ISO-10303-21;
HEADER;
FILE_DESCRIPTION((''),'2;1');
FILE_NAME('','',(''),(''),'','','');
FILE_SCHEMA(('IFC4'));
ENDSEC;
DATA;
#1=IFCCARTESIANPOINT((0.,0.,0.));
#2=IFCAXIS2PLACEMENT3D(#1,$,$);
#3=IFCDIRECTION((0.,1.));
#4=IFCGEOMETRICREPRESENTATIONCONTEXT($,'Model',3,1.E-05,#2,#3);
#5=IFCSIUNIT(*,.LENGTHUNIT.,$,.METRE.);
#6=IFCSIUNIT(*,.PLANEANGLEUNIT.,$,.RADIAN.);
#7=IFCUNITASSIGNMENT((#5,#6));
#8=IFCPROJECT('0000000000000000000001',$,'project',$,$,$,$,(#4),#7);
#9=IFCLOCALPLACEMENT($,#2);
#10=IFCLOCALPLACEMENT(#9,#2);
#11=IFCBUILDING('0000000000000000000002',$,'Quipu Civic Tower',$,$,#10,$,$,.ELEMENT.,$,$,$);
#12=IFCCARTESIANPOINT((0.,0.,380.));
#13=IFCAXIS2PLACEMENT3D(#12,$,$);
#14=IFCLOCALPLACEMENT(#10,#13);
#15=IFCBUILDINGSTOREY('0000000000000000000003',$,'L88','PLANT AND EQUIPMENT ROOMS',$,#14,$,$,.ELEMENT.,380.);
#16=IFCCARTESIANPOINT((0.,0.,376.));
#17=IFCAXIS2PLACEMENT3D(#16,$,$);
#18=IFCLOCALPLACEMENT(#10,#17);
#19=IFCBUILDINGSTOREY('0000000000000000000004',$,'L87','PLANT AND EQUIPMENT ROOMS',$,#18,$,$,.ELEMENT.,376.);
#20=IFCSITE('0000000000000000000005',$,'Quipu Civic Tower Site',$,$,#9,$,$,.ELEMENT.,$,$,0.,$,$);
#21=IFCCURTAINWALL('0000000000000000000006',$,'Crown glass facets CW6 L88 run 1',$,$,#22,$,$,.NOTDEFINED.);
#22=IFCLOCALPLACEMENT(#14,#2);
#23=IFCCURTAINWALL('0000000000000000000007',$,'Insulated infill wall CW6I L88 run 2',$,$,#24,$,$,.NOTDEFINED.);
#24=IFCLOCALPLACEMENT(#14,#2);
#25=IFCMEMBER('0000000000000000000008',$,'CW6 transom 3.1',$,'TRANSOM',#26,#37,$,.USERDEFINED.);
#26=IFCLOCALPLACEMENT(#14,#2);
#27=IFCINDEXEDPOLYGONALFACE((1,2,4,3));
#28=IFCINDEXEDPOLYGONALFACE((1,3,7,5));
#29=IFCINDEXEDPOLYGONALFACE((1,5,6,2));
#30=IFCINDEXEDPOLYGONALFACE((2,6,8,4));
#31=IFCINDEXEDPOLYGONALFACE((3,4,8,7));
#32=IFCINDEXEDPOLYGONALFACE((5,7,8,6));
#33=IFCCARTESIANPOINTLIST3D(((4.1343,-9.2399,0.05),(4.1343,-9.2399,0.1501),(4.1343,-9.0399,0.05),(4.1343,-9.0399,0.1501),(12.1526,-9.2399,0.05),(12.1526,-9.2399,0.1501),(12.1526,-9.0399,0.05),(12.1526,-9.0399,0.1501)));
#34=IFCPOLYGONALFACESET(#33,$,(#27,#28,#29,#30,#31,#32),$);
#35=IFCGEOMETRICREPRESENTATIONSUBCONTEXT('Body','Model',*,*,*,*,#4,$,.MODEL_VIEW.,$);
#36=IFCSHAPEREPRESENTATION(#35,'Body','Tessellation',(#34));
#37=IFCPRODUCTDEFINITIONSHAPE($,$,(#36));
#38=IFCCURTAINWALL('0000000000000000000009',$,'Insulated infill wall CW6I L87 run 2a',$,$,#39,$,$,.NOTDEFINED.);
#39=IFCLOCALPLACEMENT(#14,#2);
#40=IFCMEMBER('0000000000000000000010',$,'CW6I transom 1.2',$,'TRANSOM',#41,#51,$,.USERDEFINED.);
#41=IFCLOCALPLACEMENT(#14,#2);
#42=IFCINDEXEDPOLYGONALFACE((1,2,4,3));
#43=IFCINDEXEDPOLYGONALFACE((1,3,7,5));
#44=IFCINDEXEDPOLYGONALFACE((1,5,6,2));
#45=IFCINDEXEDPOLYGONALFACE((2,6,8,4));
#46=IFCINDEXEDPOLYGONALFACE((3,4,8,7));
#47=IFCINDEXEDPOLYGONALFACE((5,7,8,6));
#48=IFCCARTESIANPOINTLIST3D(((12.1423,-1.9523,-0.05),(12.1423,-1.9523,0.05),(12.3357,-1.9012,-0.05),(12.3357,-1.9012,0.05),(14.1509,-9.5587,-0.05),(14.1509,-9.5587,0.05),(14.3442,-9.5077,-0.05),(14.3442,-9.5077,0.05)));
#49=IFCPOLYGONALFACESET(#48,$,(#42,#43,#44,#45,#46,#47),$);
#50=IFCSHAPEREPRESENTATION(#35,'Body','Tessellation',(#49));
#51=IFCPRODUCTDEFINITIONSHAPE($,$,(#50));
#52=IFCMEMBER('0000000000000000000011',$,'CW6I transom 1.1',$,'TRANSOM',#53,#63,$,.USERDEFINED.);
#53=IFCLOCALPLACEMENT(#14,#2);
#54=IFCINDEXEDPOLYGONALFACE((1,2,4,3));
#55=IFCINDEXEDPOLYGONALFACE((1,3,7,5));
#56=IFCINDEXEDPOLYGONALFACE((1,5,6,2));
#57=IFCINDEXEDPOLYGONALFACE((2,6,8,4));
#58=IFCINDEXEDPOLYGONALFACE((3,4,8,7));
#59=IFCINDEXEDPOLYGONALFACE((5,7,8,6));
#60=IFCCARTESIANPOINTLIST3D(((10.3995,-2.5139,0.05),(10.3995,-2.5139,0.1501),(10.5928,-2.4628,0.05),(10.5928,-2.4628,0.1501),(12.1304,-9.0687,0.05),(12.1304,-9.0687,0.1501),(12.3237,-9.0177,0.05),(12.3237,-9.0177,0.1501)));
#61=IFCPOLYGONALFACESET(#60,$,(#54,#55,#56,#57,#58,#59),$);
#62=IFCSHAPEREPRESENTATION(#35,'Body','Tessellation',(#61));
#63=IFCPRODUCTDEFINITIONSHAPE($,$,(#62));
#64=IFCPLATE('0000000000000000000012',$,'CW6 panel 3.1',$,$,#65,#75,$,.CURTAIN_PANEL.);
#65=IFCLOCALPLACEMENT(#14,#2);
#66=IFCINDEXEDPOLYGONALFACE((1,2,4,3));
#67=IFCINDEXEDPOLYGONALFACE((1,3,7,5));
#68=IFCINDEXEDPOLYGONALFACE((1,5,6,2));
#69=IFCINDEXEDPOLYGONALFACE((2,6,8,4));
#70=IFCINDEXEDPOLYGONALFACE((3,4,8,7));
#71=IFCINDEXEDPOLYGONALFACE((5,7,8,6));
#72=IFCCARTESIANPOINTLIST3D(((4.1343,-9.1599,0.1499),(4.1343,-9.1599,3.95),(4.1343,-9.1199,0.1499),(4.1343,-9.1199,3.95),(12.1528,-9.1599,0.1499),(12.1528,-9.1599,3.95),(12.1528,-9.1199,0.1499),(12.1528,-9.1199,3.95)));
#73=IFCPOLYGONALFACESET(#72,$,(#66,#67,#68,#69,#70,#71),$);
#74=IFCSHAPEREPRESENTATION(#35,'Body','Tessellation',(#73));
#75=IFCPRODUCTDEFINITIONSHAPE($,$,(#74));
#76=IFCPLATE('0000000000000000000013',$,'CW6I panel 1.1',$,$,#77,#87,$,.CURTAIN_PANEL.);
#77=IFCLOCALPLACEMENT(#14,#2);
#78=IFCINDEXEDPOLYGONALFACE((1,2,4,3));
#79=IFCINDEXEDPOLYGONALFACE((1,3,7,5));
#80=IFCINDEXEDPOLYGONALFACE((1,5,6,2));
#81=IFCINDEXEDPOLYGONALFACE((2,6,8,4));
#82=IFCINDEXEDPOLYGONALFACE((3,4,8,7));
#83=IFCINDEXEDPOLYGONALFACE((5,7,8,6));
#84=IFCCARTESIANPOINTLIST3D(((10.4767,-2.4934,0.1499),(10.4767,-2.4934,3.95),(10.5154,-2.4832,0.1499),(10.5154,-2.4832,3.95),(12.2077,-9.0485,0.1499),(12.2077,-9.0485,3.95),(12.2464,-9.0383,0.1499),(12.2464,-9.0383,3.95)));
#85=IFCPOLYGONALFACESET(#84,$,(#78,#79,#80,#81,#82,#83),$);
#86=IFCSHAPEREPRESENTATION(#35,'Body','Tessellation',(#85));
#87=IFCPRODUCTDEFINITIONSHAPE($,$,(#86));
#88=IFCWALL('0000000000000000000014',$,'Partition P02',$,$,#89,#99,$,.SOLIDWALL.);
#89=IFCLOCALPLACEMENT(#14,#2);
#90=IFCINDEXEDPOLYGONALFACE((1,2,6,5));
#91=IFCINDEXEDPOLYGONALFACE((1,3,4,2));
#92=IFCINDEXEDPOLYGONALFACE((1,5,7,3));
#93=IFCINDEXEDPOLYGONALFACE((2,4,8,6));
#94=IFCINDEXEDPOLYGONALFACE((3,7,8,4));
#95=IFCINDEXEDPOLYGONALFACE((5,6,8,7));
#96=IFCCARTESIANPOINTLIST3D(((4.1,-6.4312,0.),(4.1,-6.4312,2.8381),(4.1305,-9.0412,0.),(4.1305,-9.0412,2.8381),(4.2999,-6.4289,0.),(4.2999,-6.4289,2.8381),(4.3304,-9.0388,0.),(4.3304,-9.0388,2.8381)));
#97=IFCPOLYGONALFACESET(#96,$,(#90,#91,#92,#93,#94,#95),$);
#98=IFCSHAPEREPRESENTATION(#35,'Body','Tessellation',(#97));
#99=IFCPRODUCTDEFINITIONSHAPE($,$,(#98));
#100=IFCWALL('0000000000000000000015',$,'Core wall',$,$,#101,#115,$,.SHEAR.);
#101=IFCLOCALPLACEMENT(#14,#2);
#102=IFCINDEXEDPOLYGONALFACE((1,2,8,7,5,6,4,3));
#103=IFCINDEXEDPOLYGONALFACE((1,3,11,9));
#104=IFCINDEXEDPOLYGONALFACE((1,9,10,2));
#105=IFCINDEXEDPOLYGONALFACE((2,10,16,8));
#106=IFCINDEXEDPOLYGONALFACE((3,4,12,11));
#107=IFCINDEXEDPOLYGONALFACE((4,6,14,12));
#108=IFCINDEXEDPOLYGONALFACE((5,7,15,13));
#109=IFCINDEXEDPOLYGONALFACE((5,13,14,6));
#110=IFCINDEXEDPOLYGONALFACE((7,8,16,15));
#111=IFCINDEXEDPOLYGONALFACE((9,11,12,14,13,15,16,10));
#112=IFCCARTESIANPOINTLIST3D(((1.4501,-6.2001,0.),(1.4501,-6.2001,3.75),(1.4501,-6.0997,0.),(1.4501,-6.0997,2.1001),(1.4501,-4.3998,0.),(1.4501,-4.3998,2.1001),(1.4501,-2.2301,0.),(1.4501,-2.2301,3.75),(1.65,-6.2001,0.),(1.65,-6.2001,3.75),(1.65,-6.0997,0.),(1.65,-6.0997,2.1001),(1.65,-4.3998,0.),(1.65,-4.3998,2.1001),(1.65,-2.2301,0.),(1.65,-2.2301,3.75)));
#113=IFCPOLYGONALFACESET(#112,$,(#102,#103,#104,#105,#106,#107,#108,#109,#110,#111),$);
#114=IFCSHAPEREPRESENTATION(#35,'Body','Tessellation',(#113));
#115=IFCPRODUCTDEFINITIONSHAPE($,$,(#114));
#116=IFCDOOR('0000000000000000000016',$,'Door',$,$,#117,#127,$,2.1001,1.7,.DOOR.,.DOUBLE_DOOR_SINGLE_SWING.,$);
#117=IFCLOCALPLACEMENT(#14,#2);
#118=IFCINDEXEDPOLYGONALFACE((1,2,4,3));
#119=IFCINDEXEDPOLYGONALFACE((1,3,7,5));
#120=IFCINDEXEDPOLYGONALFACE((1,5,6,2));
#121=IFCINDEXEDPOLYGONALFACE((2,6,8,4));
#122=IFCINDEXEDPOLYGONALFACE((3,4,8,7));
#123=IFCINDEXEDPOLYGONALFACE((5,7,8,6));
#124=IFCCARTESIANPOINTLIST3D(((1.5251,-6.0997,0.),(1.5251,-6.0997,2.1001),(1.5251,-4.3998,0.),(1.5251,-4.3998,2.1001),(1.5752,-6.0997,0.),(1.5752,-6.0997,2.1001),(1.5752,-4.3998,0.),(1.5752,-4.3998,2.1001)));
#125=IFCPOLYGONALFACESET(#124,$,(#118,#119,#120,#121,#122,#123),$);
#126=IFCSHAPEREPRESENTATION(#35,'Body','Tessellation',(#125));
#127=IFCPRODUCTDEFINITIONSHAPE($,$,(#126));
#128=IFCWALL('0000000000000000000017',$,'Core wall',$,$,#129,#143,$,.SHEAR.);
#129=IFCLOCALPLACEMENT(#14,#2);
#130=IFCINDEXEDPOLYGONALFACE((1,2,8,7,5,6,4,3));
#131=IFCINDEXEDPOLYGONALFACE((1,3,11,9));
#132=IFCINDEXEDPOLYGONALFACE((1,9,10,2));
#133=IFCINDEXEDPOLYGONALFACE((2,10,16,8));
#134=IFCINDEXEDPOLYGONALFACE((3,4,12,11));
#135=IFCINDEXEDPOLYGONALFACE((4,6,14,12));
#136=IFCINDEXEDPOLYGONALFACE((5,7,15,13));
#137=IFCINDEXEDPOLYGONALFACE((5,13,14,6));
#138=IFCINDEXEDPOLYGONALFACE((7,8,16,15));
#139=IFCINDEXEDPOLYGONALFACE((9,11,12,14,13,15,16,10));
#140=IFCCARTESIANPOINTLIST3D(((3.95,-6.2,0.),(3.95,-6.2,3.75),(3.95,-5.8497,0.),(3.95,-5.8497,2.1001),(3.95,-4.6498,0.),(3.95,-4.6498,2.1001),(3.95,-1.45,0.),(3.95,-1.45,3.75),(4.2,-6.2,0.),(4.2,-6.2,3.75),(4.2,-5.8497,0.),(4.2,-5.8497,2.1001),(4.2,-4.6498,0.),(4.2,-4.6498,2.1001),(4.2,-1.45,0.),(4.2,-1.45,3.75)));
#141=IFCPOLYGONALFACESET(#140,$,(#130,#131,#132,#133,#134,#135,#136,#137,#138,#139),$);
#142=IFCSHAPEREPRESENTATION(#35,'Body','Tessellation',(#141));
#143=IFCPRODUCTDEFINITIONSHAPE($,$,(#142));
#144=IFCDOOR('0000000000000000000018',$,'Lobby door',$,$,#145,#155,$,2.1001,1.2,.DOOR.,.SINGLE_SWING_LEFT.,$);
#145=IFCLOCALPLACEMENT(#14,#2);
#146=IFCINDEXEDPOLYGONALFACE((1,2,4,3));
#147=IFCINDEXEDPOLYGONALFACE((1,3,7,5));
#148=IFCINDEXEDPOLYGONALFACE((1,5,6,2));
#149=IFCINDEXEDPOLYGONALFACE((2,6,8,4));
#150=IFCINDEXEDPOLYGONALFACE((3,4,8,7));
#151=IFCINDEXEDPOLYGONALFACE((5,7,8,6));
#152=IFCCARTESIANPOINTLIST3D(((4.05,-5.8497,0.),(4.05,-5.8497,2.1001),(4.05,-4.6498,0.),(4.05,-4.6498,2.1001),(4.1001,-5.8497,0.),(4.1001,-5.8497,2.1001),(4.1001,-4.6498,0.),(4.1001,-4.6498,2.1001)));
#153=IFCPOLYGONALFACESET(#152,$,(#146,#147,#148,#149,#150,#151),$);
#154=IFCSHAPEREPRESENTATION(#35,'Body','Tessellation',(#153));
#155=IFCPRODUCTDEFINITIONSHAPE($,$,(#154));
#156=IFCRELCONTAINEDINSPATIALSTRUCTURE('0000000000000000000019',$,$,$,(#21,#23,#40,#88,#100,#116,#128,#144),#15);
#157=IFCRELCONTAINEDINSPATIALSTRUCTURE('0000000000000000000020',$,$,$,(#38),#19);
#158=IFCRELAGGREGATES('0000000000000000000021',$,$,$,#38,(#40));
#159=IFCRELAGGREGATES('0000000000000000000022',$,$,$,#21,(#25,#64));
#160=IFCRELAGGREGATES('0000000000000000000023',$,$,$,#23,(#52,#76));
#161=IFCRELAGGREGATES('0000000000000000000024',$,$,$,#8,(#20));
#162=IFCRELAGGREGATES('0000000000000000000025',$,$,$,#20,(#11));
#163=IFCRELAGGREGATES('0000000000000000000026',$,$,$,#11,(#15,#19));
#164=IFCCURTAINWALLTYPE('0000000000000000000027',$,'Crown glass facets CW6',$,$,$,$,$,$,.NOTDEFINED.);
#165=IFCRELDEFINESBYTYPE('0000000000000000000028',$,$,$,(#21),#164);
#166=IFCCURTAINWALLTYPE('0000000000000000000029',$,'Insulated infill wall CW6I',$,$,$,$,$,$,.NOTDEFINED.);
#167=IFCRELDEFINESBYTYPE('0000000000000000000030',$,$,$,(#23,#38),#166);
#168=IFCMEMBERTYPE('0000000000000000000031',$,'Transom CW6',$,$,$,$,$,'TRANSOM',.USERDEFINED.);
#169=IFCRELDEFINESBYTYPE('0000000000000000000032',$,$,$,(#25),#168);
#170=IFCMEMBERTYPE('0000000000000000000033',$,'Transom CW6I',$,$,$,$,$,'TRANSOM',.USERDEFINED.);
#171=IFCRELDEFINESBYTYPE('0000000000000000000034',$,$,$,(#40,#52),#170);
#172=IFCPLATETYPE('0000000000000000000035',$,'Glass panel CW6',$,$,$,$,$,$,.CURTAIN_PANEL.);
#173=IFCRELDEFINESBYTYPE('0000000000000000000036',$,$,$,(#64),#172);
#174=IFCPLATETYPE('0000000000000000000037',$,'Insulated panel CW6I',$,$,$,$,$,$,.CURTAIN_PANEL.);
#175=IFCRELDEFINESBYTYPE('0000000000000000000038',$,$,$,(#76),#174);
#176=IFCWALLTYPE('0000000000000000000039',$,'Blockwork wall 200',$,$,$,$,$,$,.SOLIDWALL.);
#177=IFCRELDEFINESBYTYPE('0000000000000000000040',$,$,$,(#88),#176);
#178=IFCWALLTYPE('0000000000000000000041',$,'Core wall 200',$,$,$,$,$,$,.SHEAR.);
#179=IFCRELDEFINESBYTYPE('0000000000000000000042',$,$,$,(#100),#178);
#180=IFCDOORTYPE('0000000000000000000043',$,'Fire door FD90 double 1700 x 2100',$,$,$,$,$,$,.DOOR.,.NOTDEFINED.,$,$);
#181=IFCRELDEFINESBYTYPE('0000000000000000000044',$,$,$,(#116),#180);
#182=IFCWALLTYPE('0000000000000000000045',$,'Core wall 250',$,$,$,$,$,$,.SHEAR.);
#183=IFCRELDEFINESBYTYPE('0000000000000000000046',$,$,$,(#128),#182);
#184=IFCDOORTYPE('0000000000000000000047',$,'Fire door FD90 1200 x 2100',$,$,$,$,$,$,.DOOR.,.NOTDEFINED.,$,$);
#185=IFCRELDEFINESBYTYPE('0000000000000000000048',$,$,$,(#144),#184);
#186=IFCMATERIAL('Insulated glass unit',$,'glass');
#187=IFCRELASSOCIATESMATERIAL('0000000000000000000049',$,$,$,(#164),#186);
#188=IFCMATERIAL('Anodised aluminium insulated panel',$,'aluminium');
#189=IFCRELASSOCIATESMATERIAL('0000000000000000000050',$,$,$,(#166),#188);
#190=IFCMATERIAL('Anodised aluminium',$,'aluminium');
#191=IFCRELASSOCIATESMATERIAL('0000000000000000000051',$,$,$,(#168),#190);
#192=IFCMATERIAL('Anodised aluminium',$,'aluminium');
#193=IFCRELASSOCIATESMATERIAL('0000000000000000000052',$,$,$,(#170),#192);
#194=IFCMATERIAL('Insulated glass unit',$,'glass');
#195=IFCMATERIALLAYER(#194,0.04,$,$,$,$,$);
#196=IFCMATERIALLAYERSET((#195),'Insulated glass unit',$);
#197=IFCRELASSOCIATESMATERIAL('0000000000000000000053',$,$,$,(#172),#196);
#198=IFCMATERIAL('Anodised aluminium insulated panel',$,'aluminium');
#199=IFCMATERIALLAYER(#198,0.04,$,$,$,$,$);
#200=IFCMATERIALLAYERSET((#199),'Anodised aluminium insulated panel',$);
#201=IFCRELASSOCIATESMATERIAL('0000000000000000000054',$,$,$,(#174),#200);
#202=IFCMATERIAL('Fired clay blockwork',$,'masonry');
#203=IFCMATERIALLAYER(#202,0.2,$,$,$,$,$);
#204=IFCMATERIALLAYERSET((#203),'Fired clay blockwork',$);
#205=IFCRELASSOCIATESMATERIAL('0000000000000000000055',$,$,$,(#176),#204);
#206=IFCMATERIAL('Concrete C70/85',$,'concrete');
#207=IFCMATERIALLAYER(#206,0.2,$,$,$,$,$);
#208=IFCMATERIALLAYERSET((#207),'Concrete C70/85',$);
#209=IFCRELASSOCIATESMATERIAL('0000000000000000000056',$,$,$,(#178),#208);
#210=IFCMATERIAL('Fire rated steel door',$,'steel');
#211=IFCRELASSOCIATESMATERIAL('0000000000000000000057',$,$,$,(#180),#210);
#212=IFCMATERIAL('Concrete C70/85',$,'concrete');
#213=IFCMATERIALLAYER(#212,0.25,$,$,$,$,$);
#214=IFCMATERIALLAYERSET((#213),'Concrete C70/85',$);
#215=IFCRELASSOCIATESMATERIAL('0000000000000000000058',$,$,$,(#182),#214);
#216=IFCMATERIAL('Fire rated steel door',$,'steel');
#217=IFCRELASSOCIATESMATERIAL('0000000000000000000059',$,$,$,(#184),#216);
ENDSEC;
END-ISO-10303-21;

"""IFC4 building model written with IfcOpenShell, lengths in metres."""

from ifc_helpers import new_model, si_unit, direction, frame, frame_2d, origin, origin_2d, place, context, subcontext, project, spatial, rectangle, extrude, material, layer, layer_set, material_profile, profile_set, type_object, element, fill, aggregate, save


model = new_model("IFC4")

# Units and contexts
model_context = context("Model", 3, precision=1e-05, world=origin(), true_north=direction((0.0, 1.0)))
body_context = subcontext(model_context, "Body", "Model", "MODEL_VIEW")
ifc_project = project(units=[si_unit("LENGTHUNIT", "METRE"), si_unit("PLANEANGLEUNIT", "RADIAN")], contexts=[model_context])

# Site, building, storey
site_placement = place(None, origin())
site = spatial("IfcSite", under=ifc_project, at=site_placement, Name="Quipu Civic Tower Site", CompositionType="ELEMENT", RefElevation=0.0)
building_placement = place(site_placement, origin())
building = spatial("IfcBuilding", under=site, at=building_placement, Name="Quipu Civic Tower", CompositionType="ELEMENT")
storey_1_placement = place(building_placement, frame((0.0, 0.0, 380.0)))
storey_1 = spatial("IfcBuildingStorey", under=building, at=storey_1_placement, Name="L88", Description="PLANT AND EQUIPMENT ROOMS", CompositionType="ELEMENT", Elevation=380.0)

# Curtain walls
ifc_material_1 = material(Name="Insulated glass unit", Category="glass")
curtain_wall_type_1 = type_object("IfcCurtainWallType", Name="Crown glass facets CW6", PredefinedType="NOTDEFINED", material=ifc_material_1)
curtain_wall_1_placement = place(storey_1_placement, origin())
curtain_wall_1 = element("IfcCurtainWall", 1, at=curtain_wall_1_placement, inside=storey_1, type_object=curtain_wall_type_1, Name="Crown glass facets CW6 L88 run 1", PredefinedType="NOTDEFINED")
ifc_material_2 = material(Name="Anodised aluminium insulated panel", Category="aluminium")
curtain_wall_type_2 = type_object("IfcCurtainWallType", Name="Insulated infill wall CW6I", PredefinedType="NOTDEFINED", material=ifc_material_2)
curtain_wall_2_placement = place(storey_1_placement, origin())
curtain_wall_2 = element("IfcCurtainWall", 2, at=curtain_wall_2_placement, inside=storey_1, type_object=curtain_wall_type_2, Name="Insulated infill wall CW6I L88 run 2", PredefinedType="NOTDEFINED")

# Shared definitions
storey_2_placement = place(building_placement, frame((0.0, 0.0, 376.0)))
storey_2 = spatial("IfcBuildingStorey", under=building, at=storey_2_placement, Name="L87", Description="PLANT AND EQUIPMENT ROOMS", CompositionType="ELEMENT", Elevation=376.0)

# Shared definitions
ifc_material_3 = material(Name="Anodised aluminium", Category="aluminium")
ifc_material_profile_1 = material_profile(ifc_material_3, rectangle(XDim=0.2, YDim=0.1001, at=origin_2d()), Name="RECT 200x100")
ifc_profile_set_1 = profile_set([ifc_material_profile_1], Name="Anodised aluminium")
member_type_1 = type_object("IfcMemberType", Name="Transom CW6", ElementType="TRANSOM", PredefinedType="USERDEFINED", material=ifc_profile_set_1)

# Member
member_1_placement = place(storey_1_placement, frame((4.1343, -9.1399, 0.1001), z_axis=(1.0, 0.0, 0.0), x_axis=(0.0, 1.0, 0.0)))
member_1 = element("IfcMember", 3, at=member_1_placement, type_object=member_type_1, Name="CW6 transom 3.1", ObjectType="TRANSOM", PredefinedType="USERDEFINED", context=body_context, shape_type="SweptSolid", body=[
    extrude(rectangle(XDim=0.2, YDim=0.1001, at=origin_2d()), origin(), (0.0, 0.0, 1.0), 8.0183),
])

# Curtain wall, member
curtain_wall_3_placement = place(storey_2_placement, origin())
curtain_wall_3 = element("IfcCurtainWall", 4, at=curtain_wall_3_placement, inside=storey_2, type_object=curtain_wall_type_2, Name="Insulated infill wall CW6I L87 run 2a", PredefinedType="NOTDEFINED")
ifc_material_4 = material(Name="Anodised aluminium", Category="aluminium")
ifc_material_profile_2 = material_profile(ifc_material_4, rectangle(XDim=0.2, YDim=0.1001, at=origin_2d()), Name="RECT 200x100")
ifc_profile_set_2 = profile_set([ifc_material_profile_2], Name="Anodised aluminium")
member_type_2 = type_object("IfcMemberType", Name="Transom CW6I", ElementType="TRANSOM", PredefinedType="USERDEFINED", material=ifc_profile_set_2)
member_2_placement = place(storey_1_placement, frame((14.2476, -9.5332, 0.0), z_axis=(-0.255307, 0.96686, 0.0), x_axis=(-0.96686, -0.255307, 0.0)))
member_2 = element("IfcMember", 5, at=member_2_placement, inside=storey_1, type_object=member_type_2, Name="CW6I transom 1.2", ObjectType="TRANSOM", PredefinedType="USERDEFINED", context=body_context, shape_type="SweptSolid", body=[
    extrude(rectangle(XDim=0.2, YDim=0.1001, at=origin_2d()), origin(), (0.0, 0.0, 1.0), 7.8672),
])
aggregate(curtain_wall_3, [member_2])

# Member
member_3_placement = place(storey_1_placement, frame((12.2271, -9.0432, 0.1001), z_axis=(-0.255317, 0.966857, 0.0), x_axis=(-0.966857, -0.255317, 0.0)))
member_3 = element("IfcMember", 6, at=member_3_placement, type_object=member_type_2, Name="CW6I transom 1.1", ObjectType="TRANSOM", PredefinedType="USERDEFINED", context=body_context, shape_type="SweptSolid", body=[
    extrude(rectangle(XDim=0.2, YDim=0.1001, at=origin_2d()), origin(), (0.0, 0.0, 1.0), 6.7795),
])

# Plates
ifc_material_5 = material(Name="Insulated glass unit", Category="glass")
ifc_layer_1 = layer(ifc_material_5, 0.04)
ifc_layer_set_1 = layer_set([ifc_layer_1], Name="Insulated glass unit")
plate_type_1 = type_object("IfcPlateType", Name="Glass panel CW6", PredefinedType="CURTAIN_PANEL", material=ifc_layer_set_1)
plate_1_placement = place(storey_1_placement, frame((8.1436, -9.1399, 0.1499), z_axis=(0.0, 0.0, 1.0), x_axis=(1.0, 0.0, 0.0)))
plate_1 = element("IfcPlate", 7, at=plate_1_placement, type_object=plate_type_1, Name="CW6 panel 3.1", PredefinedType="CURTAIN_PANEL", context=body_context, shape_type="SweptSolid", body=[
    extrude(rectangle(XDim=8.0186, YDim=0.04, at=origin_2d()), origin(), (0.0, 0.0, 1.0), 3.8),
])
aggregate(curtain_wall_1, [member_1, plate_1])
ifc_material_6 = material(Name="Anodised aluminium insulated panel", Category="aluminium")
ifc_layer_2 = layer(ifc_material_6, 0.04)
ifc_layer_set_2 = layer_set([ifc_layer_2], Name="Anodised aluminium insulated panel")
plate_type_2 = type_object("IfcPlateType", Name="Insulated panel CW6I", PredefinedType="CURTAIN_PANEL", material=ifc_layer_set_2)
plate_2_placement = place(storey_1_placement, frame((11.3616, -5.7659, 0.1499), z_axis=(0.0, 0.0, 1.0), x_axis=(-0.255322, 0.966856, 0.0)))
plate_2 = element("IfcPlate", 8, at=plate_2_placement, type_object=plate_type_2, Name="CW6I panel 1.1", PredefinedType="CURTAIN_PANEL", context=body_context, shape_type="SweptSolid", body=[
    extrude(rectangle(XDim=6.7798, YDim=0.04, at=origin_2d()), origin(), (0.0, 0.0, 1.0), 3.8),
])
aggregate(curtain_wall_2, [member_3, plate_2])

# Wall
ifc_material_7 = material(Name="Fired clay blockwork", Category="masonry")
ifc_layer_3 = layer(ifc_material_7, 0.2)
ifc_layer_set_3 = layer_set([ifc_layer_3], Name="Fired clay blockwork")
wall_type_1 = type_object("IfcWallType", Name="Blockwork wall 200", PredefinedType="SOLIDWALL", material=ifc_layer_set_3)
wall_1_placement = place(storey_1_placement, frame((4.2, -6.4299, 0.0), z_axis=(0.0, 0.0, 1.0), x_axis=(0.011692, -0.999932, 0.0)))
element("IfcWall", 9, at=wall_1_placement, inside=storey_1, type_object=wall_type_1, Name="Partition P02", PredefinedType="SOLIDWALL", context=body_context, shape_type="SweptSolid", body=[
    extrude(rectangle(XDim=2.6101, YDim=0.2, at=frame_2d((1.3052, 0.0))), origin(), (0.0, 0.0, 1.0), 2.8381),
])

# Walls, openings, doors
ifc_material_8 = material(Name="Concrete C70/85", Category="concrete")
ifc_layer_4 = layer(ifc_material_8, 0.2)
ifc_layer_set_4 = layer_set([ifc_layer_4], Name="Concrete C70/85")
wall_type_2 = type_object("IfcWallType", Name="Core wall 200", PredefinedType="SHEAR", material=ifc_layer_set_4)
wall_2_placement = place(storey_1_placement, frame((1.55, -6.2, 0.0), z_axis=(0.0, 0.0, 1.0), x_axis=(0.0, 1.0, 0.0)))
wall_2 = element("IfcWall", 10, at=wall_2_placement, inside=storey_1, type_object=wall_type_2, Name="Core wall", PredefinedType="SHEAR", context=body_context, shape_type="SweptSolid", body=[
    extrude(rectangle(XDim=3.97, YDim=0.2, at=frame_2d((1.9849, 0.0))), origin(), (0.0, 0.0, 1.0), 3.75),
])
opening_1_placement = place(wall_2_placement, frame((0.1001, 0.0, 0.0)))
opening_1 = element("IfcOpeningElement", 11, at=opening_1_placement, cuts=wall_2, PredefinedType="OPENING", context=body_context, shape_type="SweptSolid", body=[
    extrude(rectangle(XDim=1.7, YDim=2.1001, at=frame_2d((0.8501, 1.05))), frame((0.0, 0.1099, 0.0), z_axis=(0.0, -1.0, 0.0), x_axis=(1.0, 0.0, 0.0)), (0.0, 0.0, 1.0), 0.22),
])
ifc_material_9 = material(Name="Fire rated steel door", Category="steel")
door_type_1 = type_object("IfcDoorType", Name="Fire door FD90 double 1700 x 2100", OperationType="NOTDEFINED", PredefinedType="DOOR", material=ifc_material_9)
door_1_placement = place(opening_1_placement, origin())
door_1 = element("IfcDoor", 12, at=door_1_placement, inside=storey_1, type_object=door_type_1, Name="Door", OperationType="DOUBLE_DOOR_SINGLE_SWING", OverallHeight=2.1001, OverallWidth=1.7, PredefinedType="DOOR", context=body_context, shape_type="SweptSolid", body=[
    extrude(rectangle(XDim=1.7, YDim=2.1001, at=frame_2d((0.8501, 1.05))), frame((0.0, 0.0249, 0.0), z_axis=(0.0, -1.0, 0.0), x_axis=(1.0, 0.0, 0.0)), (0.0, 0.0, 1.0), 0.05),
])
fill(opening_1, door_1)
ifc_material_10 = material(Name="Concrete C70/85", Category="concrete")
ifc_layer_5 = layer(ifc_material_10, 0.25)
ifc_layer_set_5 = layer_set([ifc_layer_5], Name="Concrete C70/85")
wall_type_3 = type_object("IfcWallType", Name="Core wall 250", PredefinedType="SHEAR", material=ifc_layer_set_5)
wall_3_placement = place(storey_1_placement, frame((4.075, -6.2, 0.0), z_axis=(0.0, 0.0, 1.0), x_axis=(0.0, 1.0, 0.0)))
wall_3 = element("IfcWall", 13, at=wall_3_placement, inside=storey_1, type_object=wall_type_3, Name="Core wall", PredefinedType="SHEAR", context=body_context, shape_type="SweptSolid", body=[
    extrude(rectangle(XDim=4.75, YDim=0.25, at=frame_2d((2.375, 0.0))), origin(), (0.0, 0.0, 1.0), 3.75),
])
opening_2_placement = place(wall_3_placement, frame((0.3501, 0.0, 0.0)))
opening_2 = element("IfcOpeningElement", 14, at=opening_2_placement, cuts=wall_3, PredefinedType="OPENING", context=body_context, shape_type="SweptSolid", body=[
    extrude(rectangle(XDim=1.2, YDim=2.1001, at=frame_2d((0.6001, 1.05))), frame((0.0, 0.135, 0.0), z_axis=(0.0, -1.0, 0.0), x_axis=(1.0, 0.0, 0.0)), (0.0, 0.0, 1.0), 0.27),
])
ifc_material_11 = material(Name="Fire rated steel door", Category="steel")
door_type_2 = type_object("IfcDoorType", Name="Fire door FD90 1200 x 2100", OperationType="NOTDEFINED", PredefinedType="DOOR", material=ifc_material_11)
door_2_placement = place(opening_2_placement, origin())
door_2 = element("IfcDoor", 15, at=door_2_placement, inside=storey_1, type_object=door_type_2, Name="Lobby door", OperationType="SINGLE_SWING_LEFT", OverallHeight=2.1001, OverallWidth=1.2, PredefinedType="DOOR", context=body_context, shape_type="SweptSolid", body=[
    extrude(rectangle(XDim=1.2, YDim=2.1001, at=frame_2d((0.6001, 1.05))), frame((0.0, 0.0249, 0.0), z_axis=(0.0, -1.0, 0.0), x_axis=(1.0, 0.0, 0.0)), (0.0, 0.0, 1.0), 0.05),
])
fill(opening_2, door_2)

save(model, "model.ifc")
